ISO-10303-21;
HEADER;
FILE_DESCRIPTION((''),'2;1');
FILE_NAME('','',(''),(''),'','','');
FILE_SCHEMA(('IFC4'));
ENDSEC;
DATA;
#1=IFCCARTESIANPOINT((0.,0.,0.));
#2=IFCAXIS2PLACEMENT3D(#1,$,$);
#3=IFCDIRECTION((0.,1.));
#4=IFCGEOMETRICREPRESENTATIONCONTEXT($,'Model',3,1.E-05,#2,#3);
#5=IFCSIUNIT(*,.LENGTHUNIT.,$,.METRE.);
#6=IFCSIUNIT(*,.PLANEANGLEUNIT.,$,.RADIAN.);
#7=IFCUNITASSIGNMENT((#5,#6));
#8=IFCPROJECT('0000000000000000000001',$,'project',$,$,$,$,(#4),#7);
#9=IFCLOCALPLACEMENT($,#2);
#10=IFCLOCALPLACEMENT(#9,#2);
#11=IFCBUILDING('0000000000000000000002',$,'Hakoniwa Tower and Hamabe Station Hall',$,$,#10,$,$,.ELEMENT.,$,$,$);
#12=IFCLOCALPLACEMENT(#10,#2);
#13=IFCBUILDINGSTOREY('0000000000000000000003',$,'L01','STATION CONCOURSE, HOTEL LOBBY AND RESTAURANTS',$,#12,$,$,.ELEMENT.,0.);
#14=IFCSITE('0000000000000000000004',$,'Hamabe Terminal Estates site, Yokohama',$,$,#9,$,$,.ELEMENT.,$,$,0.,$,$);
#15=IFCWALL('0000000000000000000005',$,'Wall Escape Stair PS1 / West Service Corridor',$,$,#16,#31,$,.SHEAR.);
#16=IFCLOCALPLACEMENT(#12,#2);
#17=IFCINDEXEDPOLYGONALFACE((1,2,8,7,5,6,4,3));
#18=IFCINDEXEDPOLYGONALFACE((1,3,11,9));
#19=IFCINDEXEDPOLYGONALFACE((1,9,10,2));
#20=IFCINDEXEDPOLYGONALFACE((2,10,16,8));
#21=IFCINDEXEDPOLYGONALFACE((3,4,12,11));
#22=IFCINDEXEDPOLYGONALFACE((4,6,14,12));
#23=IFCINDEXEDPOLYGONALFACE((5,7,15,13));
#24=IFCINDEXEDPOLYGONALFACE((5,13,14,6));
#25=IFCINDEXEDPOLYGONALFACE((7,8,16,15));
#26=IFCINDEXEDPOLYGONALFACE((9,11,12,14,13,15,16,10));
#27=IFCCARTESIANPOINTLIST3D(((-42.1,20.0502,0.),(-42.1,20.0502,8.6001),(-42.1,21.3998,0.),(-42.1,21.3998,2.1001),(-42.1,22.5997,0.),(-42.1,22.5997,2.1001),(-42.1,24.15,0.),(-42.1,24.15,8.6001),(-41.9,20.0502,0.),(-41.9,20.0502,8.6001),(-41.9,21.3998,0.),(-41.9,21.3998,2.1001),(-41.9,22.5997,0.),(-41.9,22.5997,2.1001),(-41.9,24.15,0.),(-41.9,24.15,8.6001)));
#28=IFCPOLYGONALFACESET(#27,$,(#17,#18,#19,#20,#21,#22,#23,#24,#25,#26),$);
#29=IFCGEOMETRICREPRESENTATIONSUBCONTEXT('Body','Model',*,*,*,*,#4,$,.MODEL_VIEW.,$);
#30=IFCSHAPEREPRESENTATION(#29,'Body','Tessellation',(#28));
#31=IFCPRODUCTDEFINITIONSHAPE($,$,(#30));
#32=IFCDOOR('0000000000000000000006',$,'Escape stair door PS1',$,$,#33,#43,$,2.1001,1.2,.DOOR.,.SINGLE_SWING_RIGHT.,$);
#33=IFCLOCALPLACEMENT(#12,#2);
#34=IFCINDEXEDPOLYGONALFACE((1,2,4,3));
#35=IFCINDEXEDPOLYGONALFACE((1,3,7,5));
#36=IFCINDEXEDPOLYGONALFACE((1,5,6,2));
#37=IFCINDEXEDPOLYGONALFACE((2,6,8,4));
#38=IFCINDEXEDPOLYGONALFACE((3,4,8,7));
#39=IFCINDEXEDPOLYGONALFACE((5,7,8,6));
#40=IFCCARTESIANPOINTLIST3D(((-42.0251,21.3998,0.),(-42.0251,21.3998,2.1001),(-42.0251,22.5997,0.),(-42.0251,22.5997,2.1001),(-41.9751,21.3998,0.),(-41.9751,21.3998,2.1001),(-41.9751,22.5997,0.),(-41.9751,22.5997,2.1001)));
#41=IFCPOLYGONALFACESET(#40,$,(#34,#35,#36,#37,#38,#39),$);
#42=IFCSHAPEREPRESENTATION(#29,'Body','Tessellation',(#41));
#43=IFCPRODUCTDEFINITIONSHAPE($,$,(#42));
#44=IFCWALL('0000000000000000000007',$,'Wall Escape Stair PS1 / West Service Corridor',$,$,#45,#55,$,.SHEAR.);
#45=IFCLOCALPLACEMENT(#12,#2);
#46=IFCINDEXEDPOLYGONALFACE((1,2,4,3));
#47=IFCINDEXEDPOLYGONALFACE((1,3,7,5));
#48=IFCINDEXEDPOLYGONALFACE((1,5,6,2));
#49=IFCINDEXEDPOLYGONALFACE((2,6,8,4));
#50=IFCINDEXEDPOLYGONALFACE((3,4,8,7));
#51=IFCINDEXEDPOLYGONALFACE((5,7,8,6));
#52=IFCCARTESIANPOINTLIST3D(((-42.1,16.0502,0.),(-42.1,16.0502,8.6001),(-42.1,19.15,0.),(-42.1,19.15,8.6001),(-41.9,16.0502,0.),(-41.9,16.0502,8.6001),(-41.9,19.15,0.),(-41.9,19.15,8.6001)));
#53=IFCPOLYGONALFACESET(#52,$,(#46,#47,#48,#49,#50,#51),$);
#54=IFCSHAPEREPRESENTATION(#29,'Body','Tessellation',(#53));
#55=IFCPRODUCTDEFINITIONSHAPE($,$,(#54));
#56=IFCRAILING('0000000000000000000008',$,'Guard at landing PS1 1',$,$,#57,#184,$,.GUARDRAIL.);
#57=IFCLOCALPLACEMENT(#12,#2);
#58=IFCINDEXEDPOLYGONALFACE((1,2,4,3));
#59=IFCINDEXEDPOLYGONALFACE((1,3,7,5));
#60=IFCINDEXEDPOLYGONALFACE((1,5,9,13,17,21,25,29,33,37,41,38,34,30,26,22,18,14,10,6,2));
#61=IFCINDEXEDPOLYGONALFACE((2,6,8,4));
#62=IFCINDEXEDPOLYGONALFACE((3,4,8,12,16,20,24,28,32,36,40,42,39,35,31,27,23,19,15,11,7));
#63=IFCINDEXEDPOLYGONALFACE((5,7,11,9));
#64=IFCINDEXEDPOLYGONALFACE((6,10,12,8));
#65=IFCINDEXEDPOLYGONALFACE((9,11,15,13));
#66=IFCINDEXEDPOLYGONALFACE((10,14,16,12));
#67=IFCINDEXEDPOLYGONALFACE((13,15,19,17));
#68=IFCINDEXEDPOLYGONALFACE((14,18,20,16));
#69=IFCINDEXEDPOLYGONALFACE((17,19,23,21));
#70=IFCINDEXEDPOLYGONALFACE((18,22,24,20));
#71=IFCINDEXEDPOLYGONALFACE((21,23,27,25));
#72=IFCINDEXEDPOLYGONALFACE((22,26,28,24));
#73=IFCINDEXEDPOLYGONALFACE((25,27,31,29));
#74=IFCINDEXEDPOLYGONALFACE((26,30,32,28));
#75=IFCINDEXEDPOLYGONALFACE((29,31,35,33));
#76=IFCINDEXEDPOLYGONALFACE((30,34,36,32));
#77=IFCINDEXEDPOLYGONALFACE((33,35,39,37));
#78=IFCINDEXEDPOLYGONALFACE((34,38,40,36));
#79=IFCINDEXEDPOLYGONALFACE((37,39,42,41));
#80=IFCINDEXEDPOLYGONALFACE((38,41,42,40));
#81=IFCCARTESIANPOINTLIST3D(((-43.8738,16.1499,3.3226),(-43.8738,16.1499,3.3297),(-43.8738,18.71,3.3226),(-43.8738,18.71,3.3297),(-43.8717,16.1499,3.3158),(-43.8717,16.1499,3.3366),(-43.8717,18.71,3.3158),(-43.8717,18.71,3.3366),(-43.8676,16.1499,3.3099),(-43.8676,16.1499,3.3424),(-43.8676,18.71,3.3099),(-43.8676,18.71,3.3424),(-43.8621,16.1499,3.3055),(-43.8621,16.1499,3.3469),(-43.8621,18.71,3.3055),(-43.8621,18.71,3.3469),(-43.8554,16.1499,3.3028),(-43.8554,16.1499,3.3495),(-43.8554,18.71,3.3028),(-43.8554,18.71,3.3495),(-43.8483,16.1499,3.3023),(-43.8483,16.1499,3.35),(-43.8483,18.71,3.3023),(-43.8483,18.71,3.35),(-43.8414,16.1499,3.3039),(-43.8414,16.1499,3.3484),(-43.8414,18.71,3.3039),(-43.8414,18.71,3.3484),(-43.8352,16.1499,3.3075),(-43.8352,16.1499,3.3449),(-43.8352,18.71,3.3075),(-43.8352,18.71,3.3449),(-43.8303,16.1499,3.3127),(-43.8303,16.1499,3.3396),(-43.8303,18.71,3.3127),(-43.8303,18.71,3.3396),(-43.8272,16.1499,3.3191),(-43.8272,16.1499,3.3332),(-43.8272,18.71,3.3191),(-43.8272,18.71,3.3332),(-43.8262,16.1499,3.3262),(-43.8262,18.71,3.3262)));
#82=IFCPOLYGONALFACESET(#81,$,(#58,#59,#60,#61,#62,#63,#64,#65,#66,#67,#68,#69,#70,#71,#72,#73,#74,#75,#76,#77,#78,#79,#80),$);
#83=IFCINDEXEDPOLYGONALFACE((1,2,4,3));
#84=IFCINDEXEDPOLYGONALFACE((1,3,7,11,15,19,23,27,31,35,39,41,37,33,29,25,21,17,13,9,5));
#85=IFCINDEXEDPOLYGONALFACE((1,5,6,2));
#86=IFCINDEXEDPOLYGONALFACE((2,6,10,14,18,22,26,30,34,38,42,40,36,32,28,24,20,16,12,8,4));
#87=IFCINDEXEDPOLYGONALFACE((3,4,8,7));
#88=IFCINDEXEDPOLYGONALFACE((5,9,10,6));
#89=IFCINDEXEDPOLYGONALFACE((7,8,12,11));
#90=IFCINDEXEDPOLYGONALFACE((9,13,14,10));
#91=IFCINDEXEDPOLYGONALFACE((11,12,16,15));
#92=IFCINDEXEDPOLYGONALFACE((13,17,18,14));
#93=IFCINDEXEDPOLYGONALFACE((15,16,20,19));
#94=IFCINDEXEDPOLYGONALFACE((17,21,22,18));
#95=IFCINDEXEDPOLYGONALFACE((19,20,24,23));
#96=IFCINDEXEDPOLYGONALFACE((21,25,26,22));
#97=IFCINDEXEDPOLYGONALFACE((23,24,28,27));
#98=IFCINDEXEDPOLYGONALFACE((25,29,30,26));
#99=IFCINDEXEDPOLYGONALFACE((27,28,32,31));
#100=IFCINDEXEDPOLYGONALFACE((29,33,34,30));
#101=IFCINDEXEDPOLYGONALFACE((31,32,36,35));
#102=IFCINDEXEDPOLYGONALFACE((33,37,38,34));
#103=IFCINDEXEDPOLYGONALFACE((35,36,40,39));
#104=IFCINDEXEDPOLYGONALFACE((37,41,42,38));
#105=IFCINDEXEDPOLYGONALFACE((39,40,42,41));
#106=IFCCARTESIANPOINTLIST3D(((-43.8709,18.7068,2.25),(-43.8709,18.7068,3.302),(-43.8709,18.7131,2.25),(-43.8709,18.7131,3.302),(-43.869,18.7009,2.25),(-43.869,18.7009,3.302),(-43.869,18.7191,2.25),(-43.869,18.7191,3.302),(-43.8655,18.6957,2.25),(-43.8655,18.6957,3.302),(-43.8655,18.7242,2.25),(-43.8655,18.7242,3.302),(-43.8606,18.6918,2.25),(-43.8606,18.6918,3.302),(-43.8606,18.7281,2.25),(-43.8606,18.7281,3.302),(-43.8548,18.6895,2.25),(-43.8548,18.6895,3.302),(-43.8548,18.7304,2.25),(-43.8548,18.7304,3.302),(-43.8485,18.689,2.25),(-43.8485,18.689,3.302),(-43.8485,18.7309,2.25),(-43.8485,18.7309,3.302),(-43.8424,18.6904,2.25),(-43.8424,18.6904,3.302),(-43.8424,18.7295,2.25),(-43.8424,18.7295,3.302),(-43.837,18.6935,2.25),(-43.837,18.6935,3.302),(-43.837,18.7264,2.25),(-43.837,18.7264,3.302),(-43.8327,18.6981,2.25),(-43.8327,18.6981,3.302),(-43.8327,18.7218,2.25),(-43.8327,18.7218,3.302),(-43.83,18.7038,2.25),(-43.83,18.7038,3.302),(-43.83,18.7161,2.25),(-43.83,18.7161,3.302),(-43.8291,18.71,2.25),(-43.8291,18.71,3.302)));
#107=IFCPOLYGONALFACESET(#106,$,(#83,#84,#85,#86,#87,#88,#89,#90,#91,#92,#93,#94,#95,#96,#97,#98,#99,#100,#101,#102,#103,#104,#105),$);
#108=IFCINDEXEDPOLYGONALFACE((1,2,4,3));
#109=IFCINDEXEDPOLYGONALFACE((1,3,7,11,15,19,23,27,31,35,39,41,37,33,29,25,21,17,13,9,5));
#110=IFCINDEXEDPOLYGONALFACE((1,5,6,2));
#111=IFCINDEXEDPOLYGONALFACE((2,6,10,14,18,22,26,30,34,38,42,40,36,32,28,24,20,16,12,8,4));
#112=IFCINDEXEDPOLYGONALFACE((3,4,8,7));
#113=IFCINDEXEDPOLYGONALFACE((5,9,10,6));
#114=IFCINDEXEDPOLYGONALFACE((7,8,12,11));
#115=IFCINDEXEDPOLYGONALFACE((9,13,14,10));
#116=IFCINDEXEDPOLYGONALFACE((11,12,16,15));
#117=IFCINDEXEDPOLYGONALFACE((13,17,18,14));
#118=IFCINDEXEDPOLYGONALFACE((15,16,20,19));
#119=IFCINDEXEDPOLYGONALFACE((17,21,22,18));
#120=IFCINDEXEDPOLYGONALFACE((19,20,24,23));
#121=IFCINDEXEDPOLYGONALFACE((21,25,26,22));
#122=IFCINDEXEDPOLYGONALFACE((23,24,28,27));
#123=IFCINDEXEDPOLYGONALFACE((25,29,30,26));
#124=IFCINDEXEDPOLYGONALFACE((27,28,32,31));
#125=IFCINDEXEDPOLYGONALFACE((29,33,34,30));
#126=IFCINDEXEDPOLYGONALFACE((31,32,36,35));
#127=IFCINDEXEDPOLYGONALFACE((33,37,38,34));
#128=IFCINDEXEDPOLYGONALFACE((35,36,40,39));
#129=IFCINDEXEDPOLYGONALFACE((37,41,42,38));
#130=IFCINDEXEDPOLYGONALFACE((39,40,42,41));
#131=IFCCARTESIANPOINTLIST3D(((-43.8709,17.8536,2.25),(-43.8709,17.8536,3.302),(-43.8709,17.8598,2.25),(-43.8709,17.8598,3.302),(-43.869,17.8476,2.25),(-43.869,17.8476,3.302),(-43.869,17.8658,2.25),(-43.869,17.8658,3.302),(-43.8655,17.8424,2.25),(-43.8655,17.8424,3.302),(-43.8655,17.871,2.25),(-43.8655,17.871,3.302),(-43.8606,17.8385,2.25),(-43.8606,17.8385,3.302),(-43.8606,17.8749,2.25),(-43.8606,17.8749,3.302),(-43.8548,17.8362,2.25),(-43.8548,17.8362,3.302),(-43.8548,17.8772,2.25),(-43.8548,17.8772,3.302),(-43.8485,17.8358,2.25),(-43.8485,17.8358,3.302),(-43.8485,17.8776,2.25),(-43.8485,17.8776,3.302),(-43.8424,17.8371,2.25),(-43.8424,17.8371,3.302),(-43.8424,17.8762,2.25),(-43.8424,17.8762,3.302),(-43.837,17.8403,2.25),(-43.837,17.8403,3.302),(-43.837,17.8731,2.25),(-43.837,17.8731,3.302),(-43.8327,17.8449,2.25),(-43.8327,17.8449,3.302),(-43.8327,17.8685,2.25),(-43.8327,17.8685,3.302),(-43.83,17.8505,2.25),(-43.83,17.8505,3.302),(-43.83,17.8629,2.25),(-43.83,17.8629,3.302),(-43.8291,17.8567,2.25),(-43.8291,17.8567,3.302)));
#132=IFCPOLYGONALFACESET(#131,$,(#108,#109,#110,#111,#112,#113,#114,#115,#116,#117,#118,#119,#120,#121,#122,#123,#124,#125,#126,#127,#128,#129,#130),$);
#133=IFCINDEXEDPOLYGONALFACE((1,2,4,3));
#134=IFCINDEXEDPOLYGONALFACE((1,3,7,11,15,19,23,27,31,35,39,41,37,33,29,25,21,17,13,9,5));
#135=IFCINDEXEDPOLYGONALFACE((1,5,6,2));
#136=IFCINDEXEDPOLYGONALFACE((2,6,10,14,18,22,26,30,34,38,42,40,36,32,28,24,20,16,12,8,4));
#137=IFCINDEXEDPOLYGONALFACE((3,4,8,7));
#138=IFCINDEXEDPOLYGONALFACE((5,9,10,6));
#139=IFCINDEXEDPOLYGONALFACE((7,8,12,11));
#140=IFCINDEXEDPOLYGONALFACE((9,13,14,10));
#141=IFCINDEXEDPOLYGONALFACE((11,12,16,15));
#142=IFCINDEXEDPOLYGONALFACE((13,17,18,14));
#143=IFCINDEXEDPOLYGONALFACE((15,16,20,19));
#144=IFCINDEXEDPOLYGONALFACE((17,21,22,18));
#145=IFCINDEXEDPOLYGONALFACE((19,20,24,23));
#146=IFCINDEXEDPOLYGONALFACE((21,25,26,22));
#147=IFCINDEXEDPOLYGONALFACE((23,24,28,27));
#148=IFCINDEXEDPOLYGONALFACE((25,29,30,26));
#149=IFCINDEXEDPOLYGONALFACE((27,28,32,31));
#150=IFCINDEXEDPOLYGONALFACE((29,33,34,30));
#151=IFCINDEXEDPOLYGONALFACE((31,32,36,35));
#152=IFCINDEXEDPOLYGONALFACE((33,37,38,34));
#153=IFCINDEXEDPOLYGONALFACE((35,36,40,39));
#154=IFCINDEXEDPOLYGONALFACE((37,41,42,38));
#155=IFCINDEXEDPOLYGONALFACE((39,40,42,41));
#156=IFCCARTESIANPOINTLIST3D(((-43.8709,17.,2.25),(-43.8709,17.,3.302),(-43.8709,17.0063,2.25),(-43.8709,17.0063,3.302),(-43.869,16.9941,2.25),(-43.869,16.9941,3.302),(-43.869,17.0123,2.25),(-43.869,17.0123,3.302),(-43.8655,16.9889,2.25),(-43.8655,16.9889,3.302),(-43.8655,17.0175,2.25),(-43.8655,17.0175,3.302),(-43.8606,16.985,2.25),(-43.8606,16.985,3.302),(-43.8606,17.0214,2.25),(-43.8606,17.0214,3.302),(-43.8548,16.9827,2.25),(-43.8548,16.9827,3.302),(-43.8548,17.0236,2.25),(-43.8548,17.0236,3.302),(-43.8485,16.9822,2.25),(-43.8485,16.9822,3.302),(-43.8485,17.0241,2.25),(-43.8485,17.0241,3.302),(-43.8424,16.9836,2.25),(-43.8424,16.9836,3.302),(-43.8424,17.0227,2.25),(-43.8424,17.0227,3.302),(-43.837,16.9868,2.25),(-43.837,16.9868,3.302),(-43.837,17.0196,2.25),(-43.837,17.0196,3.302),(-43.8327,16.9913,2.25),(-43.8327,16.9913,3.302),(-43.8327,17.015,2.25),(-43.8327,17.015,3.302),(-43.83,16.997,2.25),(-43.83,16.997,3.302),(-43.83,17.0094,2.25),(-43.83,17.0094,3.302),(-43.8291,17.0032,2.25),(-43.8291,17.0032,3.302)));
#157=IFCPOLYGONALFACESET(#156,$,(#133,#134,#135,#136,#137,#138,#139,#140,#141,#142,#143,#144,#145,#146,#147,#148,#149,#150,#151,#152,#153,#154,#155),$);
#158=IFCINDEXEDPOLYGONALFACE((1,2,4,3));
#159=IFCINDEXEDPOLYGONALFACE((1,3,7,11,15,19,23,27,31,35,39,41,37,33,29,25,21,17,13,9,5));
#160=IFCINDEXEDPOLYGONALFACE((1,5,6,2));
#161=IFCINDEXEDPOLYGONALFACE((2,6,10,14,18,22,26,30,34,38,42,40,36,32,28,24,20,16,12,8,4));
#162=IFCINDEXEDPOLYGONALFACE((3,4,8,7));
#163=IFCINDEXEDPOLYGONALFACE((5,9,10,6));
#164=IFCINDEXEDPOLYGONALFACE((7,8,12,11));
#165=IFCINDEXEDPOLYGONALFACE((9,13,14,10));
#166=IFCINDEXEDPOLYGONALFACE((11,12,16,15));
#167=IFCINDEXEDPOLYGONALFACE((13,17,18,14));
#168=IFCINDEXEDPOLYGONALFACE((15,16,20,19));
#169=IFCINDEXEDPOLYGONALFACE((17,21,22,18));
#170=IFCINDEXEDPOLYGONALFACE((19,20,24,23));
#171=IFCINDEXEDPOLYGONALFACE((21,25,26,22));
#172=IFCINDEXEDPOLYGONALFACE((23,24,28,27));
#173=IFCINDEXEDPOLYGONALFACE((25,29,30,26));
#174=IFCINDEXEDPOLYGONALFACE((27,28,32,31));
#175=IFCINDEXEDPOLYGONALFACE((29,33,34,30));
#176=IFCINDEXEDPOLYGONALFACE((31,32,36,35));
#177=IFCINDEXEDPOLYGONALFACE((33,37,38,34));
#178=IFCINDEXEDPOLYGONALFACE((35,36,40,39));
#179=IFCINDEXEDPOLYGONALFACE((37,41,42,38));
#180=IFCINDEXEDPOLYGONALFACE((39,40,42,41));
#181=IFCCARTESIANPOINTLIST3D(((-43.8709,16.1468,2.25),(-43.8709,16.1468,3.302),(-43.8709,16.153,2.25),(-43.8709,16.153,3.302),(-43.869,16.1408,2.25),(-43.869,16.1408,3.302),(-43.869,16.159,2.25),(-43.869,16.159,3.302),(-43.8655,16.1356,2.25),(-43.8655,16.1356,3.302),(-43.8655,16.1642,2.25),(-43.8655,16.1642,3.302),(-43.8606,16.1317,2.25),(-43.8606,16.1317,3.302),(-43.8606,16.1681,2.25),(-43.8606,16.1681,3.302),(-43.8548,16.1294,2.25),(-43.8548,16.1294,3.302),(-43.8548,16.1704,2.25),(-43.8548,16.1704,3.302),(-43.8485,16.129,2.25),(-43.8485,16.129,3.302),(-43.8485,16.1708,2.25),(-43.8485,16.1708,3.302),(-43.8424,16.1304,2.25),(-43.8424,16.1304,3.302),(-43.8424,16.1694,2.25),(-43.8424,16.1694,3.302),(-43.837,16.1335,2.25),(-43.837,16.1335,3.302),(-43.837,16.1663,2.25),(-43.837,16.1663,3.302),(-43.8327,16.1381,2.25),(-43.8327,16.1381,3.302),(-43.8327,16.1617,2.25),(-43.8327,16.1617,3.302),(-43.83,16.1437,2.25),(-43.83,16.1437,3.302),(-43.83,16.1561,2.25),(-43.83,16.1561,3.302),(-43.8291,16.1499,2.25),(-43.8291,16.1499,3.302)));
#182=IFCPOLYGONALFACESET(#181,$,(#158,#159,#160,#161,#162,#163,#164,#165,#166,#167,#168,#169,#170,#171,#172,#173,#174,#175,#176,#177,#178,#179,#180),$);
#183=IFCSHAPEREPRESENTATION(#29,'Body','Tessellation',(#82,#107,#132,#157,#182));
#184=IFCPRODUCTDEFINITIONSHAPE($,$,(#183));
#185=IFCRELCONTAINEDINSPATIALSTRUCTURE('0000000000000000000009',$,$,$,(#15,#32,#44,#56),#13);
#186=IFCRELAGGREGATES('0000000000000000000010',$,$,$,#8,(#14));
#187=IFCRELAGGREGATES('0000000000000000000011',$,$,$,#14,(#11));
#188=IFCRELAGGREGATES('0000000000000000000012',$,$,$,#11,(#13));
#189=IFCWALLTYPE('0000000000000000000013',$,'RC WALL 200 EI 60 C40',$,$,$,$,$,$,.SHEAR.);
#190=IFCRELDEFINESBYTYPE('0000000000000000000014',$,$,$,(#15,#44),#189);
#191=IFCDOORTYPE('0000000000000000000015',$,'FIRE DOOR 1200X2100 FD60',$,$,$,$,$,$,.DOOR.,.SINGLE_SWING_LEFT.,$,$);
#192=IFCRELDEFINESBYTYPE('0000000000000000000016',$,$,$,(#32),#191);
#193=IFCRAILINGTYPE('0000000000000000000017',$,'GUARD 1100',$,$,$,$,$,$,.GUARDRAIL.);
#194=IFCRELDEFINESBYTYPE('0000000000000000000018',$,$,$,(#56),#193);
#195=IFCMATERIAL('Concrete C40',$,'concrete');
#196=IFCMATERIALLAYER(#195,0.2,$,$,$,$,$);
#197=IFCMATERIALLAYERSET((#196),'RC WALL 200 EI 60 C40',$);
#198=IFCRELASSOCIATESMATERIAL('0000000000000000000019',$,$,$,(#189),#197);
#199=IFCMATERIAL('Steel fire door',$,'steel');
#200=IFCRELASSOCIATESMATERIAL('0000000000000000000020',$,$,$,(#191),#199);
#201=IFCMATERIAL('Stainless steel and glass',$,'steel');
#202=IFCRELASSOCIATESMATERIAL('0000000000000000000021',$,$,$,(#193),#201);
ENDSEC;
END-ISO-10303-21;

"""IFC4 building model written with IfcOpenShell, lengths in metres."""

from ifc_helpers import new_model, si_unit, direction, frame, frame_2d, origin, origin_2d, place, context, subcontext, project, spatial, rectangle, circle, extrude, material, layer, layer_set, type_object, element, fill, save


model = new_model("IFC4")

# Units and contexts
model_context = context("Model", 3, precision=1e-05, world=origin(), true_north=direction((0.0, 1.0)))
body_context = subcontext(model_context, "Body", "Model", "MODEL_VIEW")
ifc_project = project(units=[si_unit("LENGTHUNIT", "METRE"), si_unit("PLANEANGLEUNIT", "RADIAN")], contexts=[model_context])

# Site, building, storey
site_placement = place(None, origin())
site = spatial("IfcSite", under=ifc_project, at=site_placement, Name="Hamabe Terminal Estates site, Yokohama", CompositionType="ELEMENT", RefElevation=0.0)
building_placement = place(site_placement, origin())
building = spatial("IfcBuilding", under=site, at=building_placement, Name="Hakoniwa Tower and Hamabe Station Hall", CompositionType="ELEMENT")
storey_placement = place(building_placement, origin())
storey = spatial("IfcBuildingStorey", under=building, at=storey_placement, Name="L01", Description="STATION CONCOURSE, HOTEL LOBBY AND RESTAURANTS", CompositionType="ELEMENT", Elevation=0.0)

# Shared definitions
ifc_material_1 = material(Name="Concrete C40", Category="concrete")
ifc_layer_1 = layer(ifc_material_1, 0.2)
ifc_layer_set_1 = layer_set([ifc_layer_1], Name="RC WALL 200 EI 60 C40")
wall_type_1 = type_object("IfcWallType", Name="RC WALL 200 EI 60 C40", PredefinedType="SHEAR", material=ifc_layer_set_1)

# Wall, opening, door
wall_1_placement = place(storey_placement, frame((-42.0, 24.1499, 0.0), z_axis=(0.0, 0.0, 1.0), x_axis=(0.0, -1.0, 0.0)))
wall_1 = element("IfcWall", 1, at=wall_1_placement, inside=storey, type_object=wall_type_1, Name="Wall Escape Stair PS1 / West Service Corridor", PredefinedType="SHEAR", context=body_context, shape_type="SweptSolid", body=[
    extrude(rectangle(XDim=4.0999, YDim=0.2, at=frame_2d((2.0498, 0.0))), origin(), (0.0, 0.0, 1.0), 8.6001),
])
opening_1_placement = place(wall_1_placement, frame((1.55, 0.0, 0.0)))
opening_1 = element("IfcOpeningElement", 2, at=opening_1_placement, cuts=wall_1, PredefinedType="OPENING", context=body_context, shape_type="SweptSolid", body=[
    extrude(rectangle(XDim=1.2, YDim=2.1001, at=frame_2d((0.6001, 1.05))), frame((0.0, 0.1099, 0.0), z_axis=(0.0, -1.0, 0.0), x_axis=(1.0, 0.0, 0.0)), (0.0, 0.0, 1.0), 0.22),
])
ifc_material_2 = material(Name="Steel fire door", Category="steel")
door_type_1 = type_object("IfcDoorType", Name="FIRE DOOR 1200X2100 FD60", OperationType="SINGLE_SWING_LEFT", PredefinedType="DOOR", material=ifc_material_2)
door_1_placement = place(opening_1_placement, origin())
door_1 = element("IfcDoor", 3, at=door_1_placement, inside=storey, type_object=door_type_1, Name="Escape stair door PS1", OperationType="SINGLE_SWING_RIGHT", OverallHeight=2.1001, OverallWidth=1.2, PredefinedType="DOOR", context=body_context, shape_type="SweptSolid", body=[
    extrude(rectangle(XDim=1.2, YDim=2.1001, at=frame_2d((0.6001, 1.05))), frame((0.0, 0.0249, 0.0), z_axis=(0.0, -1.0, 0.0), x_axis=(1.0, 0.0, 0.0)), (0.0, 0.0, 1.0), 0.05),
])
fill(opening_1, door_1)

# Wall
wall_2_placement = place(storey_placement, frame((-42.0, 19.1499, 0.0), z_axis=(0.0, 0.0, 1.0), x_axis=(0.0, -1.0, 0.0)))
element("IfcWall", 4, at=wall_2_placement, inside=storey, type_object=wall_type_1, Name="Wall Escape Stair PS1 / West Service Corridor", PredefinedType="SHEAR", context=body_context, shape_type="SweptSolid", body=[
    extrude(rectangle(XDim=3.0999, YDim=0.2, at=frame_2d((1.5498, 0.0))), origin(), (0.0, 0.0, 1.0), 8.6001),
])

# Railing
ifc_material_3 = material(Name="Stainless steel and glass", Category="steel")
railing_type_1 = type_object("IfcRailingType", Name="GUARD 1100", PredefinedType="GUARDRAIL", material=ifc_material_3)
railing_1_placement = place(storey_placement, frame((-43.8501, 18.71, 2.25)))
element("IfcRailing", 5, at=railing_1_placement, inside=storey, type_object=railing_type_1, Name="Guard at landing PS1 1", PredefinedType="GUARDRAIL", context=body_context, shape_type="SweptSolid", body=[
    extrude(circle(Radius=0.0239, at=origin_2d()), frame((0.0, 0.0, 1.0762), z_axis=(0.0, -1.0, 0.0), x_axis=(1.0, 0.0, 0.0)), (0.0, 0.0, 1.0), 2.5601),
    extrude(circle(Radius=0.021, at=origin_2d()), origin(), (0.0, 0.0, 1.0), 1.052),
    extrude(circle(Radius=0.021, at=origin_2d()), frame((0.0, -0.8533, 0.0)), (0.0, 0.0, 1.0), 1.052),
    extrude(circle(Radius=0.021, at=origin_2d()), frame((0.0, -1.7068, 0.0)), (0.0, 0.0, 1.0), 1.052),
    extrude(circle(Radius=0.021, at=origin_2d()), frame((0.0, -2.5601, 0.0)), (0.0, 0.0, 1.0), 1.052),
])

save(model, "model.ifc")
